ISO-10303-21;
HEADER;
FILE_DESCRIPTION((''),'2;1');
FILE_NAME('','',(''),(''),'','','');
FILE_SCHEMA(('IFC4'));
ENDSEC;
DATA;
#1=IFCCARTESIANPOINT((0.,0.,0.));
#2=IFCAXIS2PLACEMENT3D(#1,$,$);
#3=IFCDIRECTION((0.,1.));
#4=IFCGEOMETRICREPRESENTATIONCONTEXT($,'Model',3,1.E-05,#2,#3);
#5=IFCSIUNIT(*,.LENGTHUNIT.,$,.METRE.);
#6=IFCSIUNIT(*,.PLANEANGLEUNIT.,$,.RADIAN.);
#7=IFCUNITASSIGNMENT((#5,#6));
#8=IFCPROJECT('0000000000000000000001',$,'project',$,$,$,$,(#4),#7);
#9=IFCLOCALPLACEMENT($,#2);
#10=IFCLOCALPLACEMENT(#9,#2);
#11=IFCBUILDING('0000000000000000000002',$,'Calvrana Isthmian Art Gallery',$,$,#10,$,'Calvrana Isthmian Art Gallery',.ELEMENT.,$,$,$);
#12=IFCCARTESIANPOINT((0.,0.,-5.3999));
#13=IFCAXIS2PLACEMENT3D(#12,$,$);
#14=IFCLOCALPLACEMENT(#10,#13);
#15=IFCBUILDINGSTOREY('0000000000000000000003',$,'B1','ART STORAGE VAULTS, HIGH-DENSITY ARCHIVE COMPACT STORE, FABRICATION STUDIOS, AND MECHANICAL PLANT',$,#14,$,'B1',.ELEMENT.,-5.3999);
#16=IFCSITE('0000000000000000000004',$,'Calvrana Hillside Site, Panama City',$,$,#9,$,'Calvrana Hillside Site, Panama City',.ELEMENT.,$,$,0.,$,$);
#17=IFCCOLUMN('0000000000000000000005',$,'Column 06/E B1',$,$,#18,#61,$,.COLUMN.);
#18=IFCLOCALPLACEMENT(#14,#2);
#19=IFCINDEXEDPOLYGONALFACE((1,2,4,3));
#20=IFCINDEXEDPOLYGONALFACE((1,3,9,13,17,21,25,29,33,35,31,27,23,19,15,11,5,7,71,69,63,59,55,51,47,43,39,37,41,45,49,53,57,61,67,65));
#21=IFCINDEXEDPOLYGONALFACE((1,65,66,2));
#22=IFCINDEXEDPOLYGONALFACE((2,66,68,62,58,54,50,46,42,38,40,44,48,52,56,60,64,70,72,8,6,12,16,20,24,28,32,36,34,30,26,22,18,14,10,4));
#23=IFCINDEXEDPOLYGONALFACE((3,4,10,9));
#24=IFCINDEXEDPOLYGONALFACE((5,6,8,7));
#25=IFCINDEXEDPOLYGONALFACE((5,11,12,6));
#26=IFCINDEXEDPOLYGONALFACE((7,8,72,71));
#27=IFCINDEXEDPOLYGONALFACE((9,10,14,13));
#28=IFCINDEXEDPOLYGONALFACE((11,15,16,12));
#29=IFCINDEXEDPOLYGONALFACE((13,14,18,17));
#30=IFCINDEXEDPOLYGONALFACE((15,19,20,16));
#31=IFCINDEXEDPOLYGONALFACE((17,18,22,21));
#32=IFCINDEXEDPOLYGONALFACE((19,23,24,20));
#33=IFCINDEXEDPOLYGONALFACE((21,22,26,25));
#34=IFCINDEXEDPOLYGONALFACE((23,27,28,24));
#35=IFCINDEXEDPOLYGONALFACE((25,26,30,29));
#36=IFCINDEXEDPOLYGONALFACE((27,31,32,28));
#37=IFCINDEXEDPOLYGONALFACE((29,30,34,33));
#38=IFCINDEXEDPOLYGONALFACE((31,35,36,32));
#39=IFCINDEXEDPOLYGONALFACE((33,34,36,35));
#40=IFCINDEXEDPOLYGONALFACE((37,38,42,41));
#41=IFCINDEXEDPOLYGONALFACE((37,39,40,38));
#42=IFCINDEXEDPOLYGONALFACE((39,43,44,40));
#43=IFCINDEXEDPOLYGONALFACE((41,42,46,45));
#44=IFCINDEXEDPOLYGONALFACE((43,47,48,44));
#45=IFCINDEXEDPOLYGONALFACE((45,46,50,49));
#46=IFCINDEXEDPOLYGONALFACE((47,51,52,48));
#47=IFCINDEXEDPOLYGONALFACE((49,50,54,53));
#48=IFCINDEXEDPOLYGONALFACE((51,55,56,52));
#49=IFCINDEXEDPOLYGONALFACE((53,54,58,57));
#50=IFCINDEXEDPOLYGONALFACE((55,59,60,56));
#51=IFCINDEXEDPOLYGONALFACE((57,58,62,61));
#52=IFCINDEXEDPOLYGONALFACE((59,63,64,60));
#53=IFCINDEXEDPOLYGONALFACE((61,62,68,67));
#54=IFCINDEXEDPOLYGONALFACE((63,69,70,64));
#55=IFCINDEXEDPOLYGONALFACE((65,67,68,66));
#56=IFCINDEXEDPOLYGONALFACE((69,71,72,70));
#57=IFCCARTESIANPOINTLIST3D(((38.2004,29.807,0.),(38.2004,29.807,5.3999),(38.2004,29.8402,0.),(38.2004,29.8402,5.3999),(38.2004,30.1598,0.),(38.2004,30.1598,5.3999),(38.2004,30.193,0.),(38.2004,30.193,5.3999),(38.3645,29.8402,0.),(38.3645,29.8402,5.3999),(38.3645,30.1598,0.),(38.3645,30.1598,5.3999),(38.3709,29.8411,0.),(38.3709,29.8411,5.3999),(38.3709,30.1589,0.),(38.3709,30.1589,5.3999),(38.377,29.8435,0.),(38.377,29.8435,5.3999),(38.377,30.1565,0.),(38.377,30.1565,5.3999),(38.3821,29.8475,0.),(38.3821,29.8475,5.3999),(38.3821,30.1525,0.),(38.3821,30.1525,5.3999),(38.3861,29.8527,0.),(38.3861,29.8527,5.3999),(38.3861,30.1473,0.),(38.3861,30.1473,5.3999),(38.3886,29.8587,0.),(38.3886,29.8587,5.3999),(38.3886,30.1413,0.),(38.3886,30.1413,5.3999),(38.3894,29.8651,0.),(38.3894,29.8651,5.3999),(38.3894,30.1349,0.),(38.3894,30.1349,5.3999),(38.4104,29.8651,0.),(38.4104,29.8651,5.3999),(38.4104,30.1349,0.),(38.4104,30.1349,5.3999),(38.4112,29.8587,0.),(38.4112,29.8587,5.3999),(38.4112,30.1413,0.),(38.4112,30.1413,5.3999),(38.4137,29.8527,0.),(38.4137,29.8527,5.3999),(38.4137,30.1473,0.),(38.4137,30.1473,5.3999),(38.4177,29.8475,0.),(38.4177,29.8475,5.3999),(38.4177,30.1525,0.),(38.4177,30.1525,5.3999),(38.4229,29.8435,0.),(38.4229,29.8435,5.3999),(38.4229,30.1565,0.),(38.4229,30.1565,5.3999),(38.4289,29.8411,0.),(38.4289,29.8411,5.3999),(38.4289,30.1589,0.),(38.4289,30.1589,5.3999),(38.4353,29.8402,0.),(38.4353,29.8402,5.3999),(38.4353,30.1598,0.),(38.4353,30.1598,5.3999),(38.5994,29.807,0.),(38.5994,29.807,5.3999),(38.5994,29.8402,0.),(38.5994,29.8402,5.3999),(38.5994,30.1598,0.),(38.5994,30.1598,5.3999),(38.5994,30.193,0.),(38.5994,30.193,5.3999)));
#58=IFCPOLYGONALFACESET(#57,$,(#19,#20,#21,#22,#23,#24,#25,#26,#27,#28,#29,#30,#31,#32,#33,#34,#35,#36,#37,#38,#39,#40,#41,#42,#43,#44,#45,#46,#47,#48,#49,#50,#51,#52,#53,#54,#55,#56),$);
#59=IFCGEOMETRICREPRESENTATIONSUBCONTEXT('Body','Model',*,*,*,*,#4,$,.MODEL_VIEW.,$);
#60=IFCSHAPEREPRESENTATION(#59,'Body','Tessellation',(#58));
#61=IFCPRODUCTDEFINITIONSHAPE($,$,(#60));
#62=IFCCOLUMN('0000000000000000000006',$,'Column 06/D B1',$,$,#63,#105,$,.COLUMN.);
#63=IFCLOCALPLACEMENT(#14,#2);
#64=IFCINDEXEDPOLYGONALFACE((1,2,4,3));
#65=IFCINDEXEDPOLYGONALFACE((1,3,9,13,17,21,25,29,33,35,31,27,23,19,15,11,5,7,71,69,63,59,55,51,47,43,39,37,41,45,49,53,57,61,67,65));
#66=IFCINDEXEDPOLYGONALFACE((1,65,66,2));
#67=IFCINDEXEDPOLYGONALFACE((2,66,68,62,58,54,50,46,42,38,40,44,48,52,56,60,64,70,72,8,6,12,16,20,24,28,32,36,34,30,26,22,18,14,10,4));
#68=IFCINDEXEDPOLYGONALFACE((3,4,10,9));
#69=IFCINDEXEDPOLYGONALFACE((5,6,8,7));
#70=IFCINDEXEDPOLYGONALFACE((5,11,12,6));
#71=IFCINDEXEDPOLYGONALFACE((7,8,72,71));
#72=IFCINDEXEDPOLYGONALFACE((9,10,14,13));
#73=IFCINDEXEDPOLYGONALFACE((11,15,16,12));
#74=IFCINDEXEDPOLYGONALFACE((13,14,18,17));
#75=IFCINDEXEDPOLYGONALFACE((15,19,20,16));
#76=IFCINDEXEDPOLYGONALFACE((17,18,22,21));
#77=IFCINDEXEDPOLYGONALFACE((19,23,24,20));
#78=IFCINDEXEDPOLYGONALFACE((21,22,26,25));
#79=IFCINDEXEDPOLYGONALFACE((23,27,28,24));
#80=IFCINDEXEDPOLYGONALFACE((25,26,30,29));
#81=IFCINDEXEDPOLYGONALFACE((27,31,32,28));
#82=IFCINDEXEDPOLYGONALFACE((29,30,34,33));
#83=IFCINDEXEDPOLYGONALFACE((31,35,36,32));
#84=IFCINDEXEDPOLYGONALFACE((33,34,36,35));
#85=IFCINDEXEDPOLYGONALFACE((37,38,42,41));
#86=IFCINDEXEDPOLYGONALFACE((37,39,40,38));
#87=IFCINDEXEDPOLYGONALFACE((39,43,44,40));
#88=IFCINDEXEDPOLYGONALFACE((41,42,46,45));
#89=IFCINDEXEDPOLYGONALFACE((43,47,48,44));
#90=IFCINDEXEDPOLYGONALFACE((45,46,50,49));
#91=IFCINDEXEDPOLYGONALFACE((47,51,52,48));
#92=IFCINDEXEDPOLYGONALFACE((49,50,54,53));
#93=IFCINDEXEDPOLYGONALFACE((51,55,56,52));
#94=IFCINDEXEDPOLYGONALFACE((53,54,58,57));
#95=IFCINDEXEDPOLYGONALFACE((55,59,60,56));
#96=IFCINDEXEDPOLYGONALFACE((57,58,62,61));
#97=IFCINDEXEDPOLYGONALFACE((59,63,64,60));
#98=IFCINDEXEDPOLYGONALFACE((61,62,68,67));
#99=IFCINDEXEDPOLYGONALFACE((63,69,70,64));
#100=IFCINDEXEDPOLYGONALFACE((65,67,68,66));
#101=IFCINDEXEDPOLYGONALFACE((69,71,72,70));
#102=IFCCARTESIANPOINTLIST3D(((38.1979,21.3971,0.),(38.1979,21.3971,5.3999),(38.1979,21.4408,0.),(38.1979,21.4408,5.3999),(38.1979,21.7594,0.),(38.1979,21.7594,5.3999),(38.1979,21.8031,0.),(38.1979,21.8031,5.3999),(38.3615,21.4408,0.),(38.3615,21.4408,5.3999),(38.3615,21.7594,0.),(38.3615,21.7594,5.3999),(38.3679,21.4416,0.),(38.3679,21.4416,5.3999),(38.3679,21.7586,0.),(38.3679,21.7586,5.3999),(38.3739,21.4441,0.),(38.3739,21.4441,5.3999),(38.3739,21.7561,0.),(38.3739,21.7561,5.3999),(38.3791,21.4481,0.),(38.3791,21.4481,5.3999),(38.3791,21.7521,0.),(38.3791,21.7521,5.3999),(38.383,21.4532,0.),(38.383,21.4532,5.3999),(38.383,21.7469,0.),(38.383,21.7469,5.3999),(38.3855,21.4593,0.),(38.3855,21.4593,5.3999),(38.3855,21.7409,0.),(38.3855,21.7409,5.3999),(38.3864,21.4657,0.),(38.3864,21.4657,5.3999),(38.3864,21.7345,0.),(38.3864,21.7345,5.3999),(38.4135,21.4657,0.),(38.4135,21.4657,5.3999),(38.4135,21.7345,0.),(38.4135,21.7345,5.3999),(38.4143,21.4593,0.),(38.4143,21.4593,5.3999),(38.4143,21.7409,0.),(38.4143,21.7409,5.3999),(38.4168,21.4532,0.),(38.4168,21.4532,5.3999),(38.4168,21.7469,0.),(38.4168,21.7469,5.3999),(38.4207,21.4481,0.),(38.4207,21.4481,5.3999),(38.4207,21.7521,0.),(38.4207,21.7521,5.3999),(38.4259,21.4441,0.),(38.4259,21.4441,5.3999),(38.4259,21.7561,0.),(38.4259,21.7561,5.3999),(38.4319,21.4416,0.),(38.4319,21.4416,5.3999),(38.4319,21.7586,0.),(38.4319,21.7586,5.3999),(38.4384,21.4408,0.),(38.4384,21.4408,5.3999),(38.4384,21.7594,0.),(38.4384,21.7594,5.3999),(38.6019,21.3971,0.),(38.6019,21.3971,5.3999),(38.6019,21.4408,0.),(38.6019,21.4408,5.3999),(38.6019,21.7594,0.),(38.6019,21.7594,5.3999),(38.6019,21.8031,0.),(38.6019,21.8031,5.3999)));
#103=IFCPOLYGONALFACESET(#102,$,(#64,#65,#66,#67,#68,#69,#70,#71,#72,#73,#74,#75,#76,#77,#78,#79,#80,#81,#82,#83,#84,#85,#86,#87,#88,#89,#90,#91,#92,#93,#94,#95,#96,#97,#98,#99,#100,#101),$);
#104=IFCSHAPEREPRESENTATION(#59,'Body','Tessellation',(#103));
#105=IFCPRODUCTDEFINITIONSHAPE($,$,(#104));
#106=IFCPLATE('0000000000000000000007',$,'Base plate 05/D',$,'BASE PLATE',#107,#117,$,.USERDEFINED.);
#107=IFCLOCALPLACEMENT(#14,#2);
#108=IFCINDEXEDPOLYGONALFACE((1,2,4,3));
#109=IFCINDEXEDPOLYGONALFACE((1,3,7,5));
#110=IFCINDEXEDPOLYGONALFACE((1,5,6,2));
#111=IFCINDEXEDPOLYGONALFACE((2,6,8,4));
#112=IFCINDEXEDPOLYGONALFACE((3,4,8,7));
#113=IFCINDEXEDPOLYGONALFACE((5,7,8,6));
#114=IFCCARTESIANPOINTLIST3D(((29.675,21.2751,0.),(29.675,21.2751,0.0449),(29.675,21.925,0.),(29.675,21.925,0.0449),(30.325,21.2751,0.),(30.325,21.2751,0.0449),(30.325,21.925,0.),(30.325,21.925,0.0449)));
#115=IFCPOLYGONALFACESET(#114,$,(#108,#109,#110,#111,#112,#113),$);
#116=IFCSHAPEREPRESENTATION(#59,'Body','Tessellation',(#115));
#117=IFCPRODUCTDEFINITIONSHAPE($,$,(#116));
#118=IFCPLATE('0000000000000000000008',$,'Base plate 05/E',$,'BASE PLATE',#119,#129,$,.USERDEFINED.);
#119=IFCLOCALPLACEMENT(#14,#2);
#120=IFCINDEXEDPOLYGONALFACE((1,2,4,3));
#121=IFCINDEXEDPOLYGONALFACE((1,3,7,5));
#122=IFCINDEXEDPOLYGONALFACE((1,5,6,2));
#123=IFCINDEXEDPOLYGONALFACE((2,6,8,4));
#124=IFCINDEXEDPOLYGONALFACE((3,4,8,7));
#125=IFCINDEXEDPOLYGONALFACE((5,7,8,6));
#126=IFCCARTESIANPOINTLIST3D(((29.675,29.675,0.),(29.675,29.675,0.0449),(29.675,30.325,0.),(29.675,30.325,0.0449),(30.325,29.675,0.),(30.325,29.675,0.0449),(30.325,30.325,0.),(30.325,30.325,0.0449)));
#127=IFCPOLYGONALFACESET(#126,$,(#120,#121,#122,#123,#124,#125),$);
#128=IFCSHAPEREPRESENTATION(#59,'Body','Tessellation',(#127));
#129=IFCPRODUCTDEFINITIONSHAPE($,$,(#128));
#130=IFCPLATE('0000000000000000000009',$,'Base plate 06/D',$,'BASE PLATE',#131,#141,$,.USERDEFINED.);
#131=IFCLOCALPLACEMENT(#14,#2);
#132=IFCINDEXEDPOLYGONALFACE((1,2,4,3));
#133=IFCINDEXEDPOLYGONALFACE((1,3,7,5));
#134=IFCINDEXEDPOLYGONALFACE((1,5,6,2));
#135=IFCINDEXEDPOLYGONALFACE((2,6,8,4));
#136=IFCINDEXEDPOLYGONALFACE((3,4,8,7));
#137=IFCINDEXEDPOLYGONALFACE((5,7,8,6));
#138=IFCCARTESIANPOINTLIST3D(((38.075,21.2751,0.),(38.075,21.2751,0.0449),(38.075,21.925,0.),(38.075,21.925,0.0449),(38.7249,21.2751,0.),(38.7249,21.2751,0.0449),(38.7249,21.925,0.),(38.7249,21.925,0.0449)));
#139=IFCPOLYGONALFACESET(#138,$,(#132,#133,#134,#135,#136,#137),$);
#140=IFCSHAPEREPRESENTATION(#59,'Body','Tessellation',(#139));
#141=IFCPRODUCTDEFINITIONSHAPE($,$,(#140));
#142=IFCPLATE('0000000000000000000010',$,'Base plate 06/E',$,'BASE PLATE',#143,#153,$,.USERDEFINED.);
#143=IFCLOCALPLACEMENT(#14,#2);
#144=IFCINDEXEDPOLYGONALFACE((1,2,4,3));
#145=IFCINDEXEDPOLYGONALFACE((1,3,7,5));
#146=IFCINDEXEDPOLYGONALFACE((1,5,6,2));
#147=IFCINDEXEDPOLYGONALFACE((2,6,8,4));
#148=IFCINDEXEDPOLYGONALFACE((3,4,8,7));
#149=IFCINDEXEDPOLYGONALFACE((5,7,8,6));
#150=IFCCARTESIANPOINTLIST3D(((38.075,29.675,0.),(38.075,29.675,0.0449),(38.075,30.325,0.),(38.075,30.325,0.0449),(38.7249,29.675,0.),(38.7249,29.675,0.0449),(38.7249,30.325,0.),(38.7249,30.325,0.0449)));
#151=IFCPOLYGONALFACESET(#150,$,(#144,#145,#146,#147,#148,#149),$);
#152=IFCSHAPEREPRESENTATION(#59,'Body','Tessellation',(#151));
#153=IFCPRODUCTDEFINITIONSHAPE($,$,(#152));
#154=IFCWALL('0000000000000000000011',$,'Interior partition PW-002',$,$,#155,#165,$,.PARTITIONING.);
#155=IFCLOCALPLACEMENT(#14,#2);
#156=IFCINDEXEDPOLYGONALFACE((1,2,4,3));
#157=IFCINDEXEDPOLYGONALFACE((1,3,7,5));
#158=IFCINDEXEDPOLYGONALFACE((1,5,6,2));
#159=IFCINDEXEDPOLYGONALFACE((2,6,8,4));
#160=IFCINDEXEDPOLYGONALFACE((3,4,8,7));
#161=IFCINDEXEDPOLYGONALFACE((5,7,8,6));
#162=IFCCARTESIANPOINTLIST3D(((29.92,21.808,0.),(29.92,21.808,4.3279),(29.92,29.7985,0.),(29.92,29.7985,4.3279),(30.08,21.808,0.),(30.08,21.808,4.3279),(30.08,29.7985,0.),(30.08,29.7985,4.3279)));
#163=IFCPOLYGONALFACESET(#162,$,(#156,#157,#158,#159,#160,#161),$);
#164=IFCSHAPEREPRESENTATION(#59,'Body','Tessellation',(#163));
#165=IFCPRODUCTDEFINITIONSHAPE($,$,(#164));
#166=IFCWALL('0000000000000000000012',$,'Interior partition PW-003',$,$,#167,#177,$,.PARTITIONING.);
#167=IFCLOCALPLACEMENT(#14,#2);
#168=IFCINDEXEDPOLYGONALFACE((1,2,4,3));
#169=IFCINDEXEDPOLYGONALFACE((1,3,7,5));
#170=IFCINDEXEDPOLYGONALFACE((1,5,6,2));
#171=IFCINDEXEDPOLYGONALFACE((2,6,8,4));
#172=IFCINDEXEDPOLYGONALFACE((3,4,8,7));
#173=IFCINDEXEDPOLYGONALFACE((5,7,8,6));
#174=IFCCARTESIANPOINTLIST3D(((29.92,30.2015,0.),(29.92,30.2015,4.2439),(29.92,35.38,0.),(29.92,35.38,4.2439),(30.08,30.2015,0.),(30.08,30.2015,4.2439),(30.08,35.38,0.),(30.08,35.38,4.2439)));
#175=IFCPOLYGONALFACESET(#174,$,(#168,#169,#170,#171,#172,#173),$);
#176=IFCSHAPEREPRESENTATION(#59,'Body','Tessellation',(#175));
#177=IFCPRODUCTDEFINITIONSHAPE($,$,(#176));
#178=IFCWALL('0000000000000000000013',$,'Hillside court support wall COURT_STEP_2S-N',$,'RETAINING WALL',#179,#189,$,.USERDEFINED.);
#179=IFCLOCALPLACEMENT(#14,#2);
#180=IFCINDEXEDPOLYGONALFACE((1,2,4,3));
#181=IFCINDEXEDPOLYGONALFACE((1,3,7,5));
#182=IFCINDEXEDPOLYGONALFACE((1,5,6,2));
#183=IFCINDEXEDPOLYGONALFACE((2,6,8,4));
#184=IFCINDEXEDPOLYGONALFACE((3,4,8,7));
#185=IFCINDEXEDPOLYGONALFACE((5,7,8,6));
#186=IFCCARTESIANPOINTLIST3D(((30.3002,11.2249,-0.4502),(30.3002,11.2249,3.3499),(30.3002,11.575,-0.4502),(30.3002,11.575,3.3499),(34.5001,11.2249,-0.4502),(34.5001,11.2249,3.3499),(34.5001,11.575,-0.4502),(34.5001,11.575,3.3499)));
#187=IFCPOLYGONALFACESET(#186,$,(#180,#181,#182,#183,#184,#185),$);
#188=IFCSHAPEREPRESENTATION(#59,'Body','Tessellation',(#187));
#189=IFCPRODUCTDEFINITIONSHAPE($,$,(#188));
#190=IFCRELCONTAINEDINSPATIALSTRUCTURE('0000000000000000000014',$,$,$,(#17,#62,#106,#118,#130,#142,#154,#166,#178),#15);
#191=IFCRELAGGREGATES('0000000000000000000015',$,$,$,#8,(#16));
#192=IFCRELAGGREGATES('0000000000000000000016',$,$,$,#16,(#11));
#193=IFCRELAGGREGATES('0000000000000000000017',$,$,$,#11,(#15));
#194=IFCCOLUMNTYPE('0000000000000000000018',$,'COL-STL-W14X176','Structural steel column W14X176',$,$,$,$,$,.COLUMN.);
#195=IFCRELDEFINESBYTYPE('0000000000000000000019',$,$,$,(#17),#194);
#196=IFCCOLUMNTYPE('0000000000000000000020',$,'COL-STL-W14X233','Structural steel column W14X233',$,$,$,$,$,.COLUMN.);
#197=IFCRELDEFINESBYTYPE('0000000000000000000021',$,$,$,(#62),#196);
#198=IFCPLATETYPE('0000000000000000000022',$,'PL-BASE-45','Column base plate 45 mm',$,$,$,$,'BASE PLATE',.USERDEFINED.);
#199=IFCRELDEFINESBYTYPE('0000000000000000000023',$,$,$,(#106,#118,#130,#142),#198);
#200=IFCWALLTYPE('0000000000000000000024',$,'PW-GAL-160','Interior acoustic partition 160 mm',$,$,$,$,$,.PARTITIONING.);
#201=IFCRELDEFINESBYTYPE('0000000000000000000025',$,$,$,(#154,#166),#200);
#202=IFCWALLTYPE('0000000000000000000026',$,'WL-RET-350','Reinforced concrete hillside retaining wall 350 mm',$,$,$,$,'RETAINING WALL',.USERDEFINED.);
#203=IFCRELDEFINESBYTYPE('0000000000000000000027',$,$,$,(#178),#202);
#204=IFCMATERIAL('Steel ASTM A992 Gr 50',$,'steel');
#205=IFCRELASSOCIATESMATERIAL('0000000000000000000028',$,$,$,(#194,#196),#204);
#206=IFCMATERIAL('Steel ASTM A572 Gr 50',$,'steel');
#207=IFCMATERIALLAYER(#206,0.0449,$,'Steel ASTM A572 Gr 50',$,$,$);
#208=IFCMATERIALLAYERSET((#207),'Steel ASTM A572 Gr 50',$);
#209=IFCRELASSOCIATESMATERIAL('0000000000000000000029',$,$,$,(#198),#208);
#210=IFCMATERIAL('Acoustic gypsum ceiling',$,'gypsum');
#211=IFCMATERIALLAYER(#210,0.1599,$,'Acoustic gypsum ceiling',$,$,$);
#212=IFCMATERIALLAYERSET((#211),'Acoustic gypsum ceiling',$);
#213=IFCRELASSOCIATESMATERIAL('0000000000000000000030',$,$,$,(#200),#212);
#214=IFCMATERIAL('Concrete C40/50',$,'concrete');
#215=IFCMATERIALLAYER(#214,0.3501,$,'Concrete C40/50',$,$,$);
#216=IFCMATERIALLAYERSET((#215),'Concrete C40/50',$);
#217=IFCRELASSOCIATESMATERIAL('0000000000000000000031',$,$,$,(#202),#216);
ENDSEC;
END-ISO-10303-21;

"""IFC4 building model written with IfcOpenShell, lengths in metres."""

from ifc_helpers import new_model, si_unit, direction, frame, frame_2d, origin, origin_2d, place, context, subcontext, project, spatial, rectangle, i_section, extrude, material, layer, layer_set, material_profile, profile_set, type_object, element, save


model = new_model("IFC4")

# Units and contexts
model_context = context("Model", 3, precision=1e-05, world=origin(), true_north=direction((0.0, 1.0)))
body_context = subcontext(model_context, "Body", "Model", "MODEL_VIEW")
ifc_project = project(units=[si_unit("LENGTHUNIT", "METRE"), si_unit("PLANEANGLEUNIT", "RADIAN")], contexts=[model_context])

# Site, building, storey
site_placement = place(None, origin())
site = spatial("IfcSite", under=ifc_project, at=site_placement, Name="Calvrana Hillside Site, Panama City", LongName="Calvrana Hillside Site, Panama City", CompositionType="ELEMENT", RefElevation=0.0)
building_placement = place(site_placement, origin())
building = spatial("IfcBuilding", under=site, at=building_placement, Name="Calvrana Isthmian Art Gallery", LongName="Calvrana Isthmian Art Gallery", CompositionType="ELEMENT")
storey_placement = place(building_placement, frame((0.0, 0.0, -5.3999)))
storey = spatial("IfcBuildingStorey", under=building, at=storey_placement, Name="B1", Description="ART STORAGE VAULTS, HIGH-DENSITY ARCHIVE COMPACT STORE, FABRICATION STUDIOS, AND MECHANICAL PLANT", LongName="B1", CompositionType="ELEMENT", Elevation=-5.3999)

# Columns
ifc_material_1 = material(Name="Concrete C40/50", Category="concrete")
ifc_material_2 = material(Name="Steel ASTM A992 Gr 50", Category="steel")
ifc_material_profile_1 = material_profile(ifc_material_2, i_section(OverallWidth=0.3989, OverallDepth=0.386, WebThickness=0.021, FlangeThickness=0.0332, FilletRadius=0.0249, at=origin_2d()), Name="W14X176")
ifc_profile_set_1 = profile_set([ifc_material_profile_1], Name="Steel ASTM A992 Gr 50")
column_type_1 = type_object("IfcColumnType", Name="COL-STL-W14X176", Description="Structural steel column W14X176", PredefinedType="COLUMN", material=ifc_profile_set_1)
for number, where, z_axis, x_axis, name in (
    (1, (38.3999, 30.0, 0.0), (0.0, 0.0, 1.0), (1.0, 0.0, 0.0), "Column 06/E B1"),
):
    element("IfcColumn", number, at=place(storey_placement, frame(where, z_axis=z_axis, x_axis=x_axis)), inside=storey, type_object=column_type_1, Name=name, PredefinedType="COLUMN", context=body_context, shape_type="SweptSolid", body=[
        extrude(i_section(OverallWidth=0.3989, OverallDepth=0.386, WebThickness=0.021, FlangeThickness=0.0332, FilletRadius=0.0249, at=origin_2d()), origin(), (0.0, 0.0, 1.0), 5.3999),
    ])
ifc_material_profile_2 = material_profile(ifc_material_2, i_section(OverallWidth=0.4041, OverallDepth=0.406, WebThickness=0.0271, FlangeThickness=0.0437, FilletRadius=0.0249, at=origin_2d()), Name="W14X233")
ifc_profile_set_2 = profile_set([ifc_material_profile_2], Name="Steel ASTM A992 Gr 50")
column_type_2 = type_object("IfcColumnType", Name="COL-STL-W14X233", Description="Structural steel column W14X233", PredefinedType="COLUMN", material=ifc_profile_set_2)
column_1_placement = place(storey_placement, frame((38.3999, 21.6001, 0.0), z_axis=(0.0, 0.0, 1.0), x_axis=(1.0, 0.0, 0.0)))
element("IfcColumn", 2, at=column_1_placement, inside=storey, type_object=column_type_2, Name="Column 06/D B1", PredefinedType="COLUMN", context=body_context, shape_type="SweptSolid", body=[
    extrude(i_section(OverallWidth=0.4041, OverallDepth=0.406, WebThickness=0.0271, FlangeThickness=0.0437, FilletRadius=0.0249, at=origin_2d()), origin(), (0.0, 0.0, 1.0), 5.3999),
])

# Plates
ifc_material_3 = material(Name="Steel ASTM A572 Gr 50", Category="steel")
ifc_layer_1 = layer(ifc_material_3, 0.0449, Name="Steel ASTM A572 Gr 50")
ifc_layer_set_1 = layer_set([ifc_layer_1], Name="Steel ASTM A572 Gr 50")
plate_type = type_object("IfcPlateType", Name="PL-BASE-45", Description="Column base plate 45 mm", ElementType="BASE PLATE", PredefinedType="USERDEFINED", material=ifc_layer_set_1)
for number, where, z_axis, x_axis, name in (
    (3, (30.0, 21.6001, 0.0), (0.0, 0.0, 1.0), (1.0, 0.0, 0.0), "Base plate 05/D"),
    (4, (30.0, 30.0, 0.0), (0.0, 0.0, 1.0), (1.0, 0.0, 0.0), "Base plate 05/E"),
    (5, (38.3999, 21.6001, 0.0), (0.0, 0.0, 1.0), (1.0, 0.0, 0.0), "Base plate 06/D"),
    (6, (38.3999, 30.0, 0.0), (0.0, 0.0, 1.0), (1.0, 0.0, 0.0), "Base plate 06/E"),
):
    element("IfcPlate", number, at=place(storey_placement, frame(where, z_axis=z_axis, x_axis=x_axis)), inside=storey, type_object=plate_type, Name=name, ObjectType="BASE PLATE", PredefinedType="USERDEFINED", context=body_context, shape_type="SweptSolid", body=[
        extrude(rectangle(XDim=0.6499, YDim=0.6499, at=origin_2d()), origin(), (0.0, 0.0, 1.0), 0.0449),
    ])

# Walls
ifc_material_4 = material(Name="Acoustic gypsum ceiling", Category="gypsum")
ifc_layer_2 = layer(ifc_material_4, 0.1599, Name="Acoustic gypsum ceiling")
ifc_layer_set_2 = layer_set([ifc_layer_2], Name="Acoustic gypsum ceiling")
wall_type_1 = type_object("IfcWallType", Name="PW-GAL-160", Description="Interior acoustic partition 160 mm", PredefinedType="PARTITIONING", material=ifc_layer_set_2)
wall_1_placement = place(storey_placement, frame((30.0, 21.8081, 0.0), z_axis=(0.0, 0.0, 1.0), x_axis=(0.0, 1.0, 0.0)))
element("IfcWall", 7, at=wall_1_placement, inside=storey, type_object=wall_type_1, Name="Interior partition PW-002", PredefinedType="PARTITIONING", context=body_context, shape_type="SweptSolid", body=[
    extrude(rectangle(XDim=7.9905, YDim=0.1599, at=frame_2d((3.9951, 0.0))), origin(), (0.0, 0.0, 1.0), 4.3279),
])
wall_2_placement = place(storey_placement, frame((30.0, 30.2014, 0.0), z_axis=(0.0, 0.0, 1.0), x_axis=(0.0, 1.0, 0.0)))
element("IfcWall", 8, at=wall_2_placement, inside=storey, type_object=wall_type_1, Name="Interior partition PW-003", PredefinedType="PARTITIONING", context=body_context, shape_type="SweptSolid", body=[
    extrude(rectangle(XDim=5.1785, YDim=0.1599, at=frame_2d((2.5894, 0.0))), origin(), (0.0, 0.0, 1.0), 4.2439),
])
ifc_layer_3 = layer(ifc_material_1, 0.3501, Name="Concrete C40/50")
ifc_layer_set_3 = layer_set([ifc_layer_3], Name="Concrete C40/50")
wall_type_2 = type_object("IfcWallType", Name="WL-RET-350", Description="Reinforced concrete hillside retaining wall 350 mm", ElementType="RETAINING WALL", PredefinedType="USERDEFINED", material=ifc_layer_set_3)
wall_3_placement = place(storey_placement, frame((30.3, 11.3999, -0.4502), z_axis=(0.0, 0.0, 1.0), x_axis=(1.0, 0.0, 0.0)))
element("IfcWall", 9, at=wall_3_placement, inside=storey, type_object=wall_type_2, Name="Hillside court support wall COURT_STEP_2S-N", ObjectType="RETAINING WALL", PredefinedType="USERDEFINED", context=body_context, shape_type="SweptSolid", body=[
    extrude(rectangle(XDim=4.2, YDim=0.3501, at=frame_2d((2.1001, 0.0))), origin(), (0.0, 0.0, 1.0), 3.8),
])

save(model, "model.ifc")
